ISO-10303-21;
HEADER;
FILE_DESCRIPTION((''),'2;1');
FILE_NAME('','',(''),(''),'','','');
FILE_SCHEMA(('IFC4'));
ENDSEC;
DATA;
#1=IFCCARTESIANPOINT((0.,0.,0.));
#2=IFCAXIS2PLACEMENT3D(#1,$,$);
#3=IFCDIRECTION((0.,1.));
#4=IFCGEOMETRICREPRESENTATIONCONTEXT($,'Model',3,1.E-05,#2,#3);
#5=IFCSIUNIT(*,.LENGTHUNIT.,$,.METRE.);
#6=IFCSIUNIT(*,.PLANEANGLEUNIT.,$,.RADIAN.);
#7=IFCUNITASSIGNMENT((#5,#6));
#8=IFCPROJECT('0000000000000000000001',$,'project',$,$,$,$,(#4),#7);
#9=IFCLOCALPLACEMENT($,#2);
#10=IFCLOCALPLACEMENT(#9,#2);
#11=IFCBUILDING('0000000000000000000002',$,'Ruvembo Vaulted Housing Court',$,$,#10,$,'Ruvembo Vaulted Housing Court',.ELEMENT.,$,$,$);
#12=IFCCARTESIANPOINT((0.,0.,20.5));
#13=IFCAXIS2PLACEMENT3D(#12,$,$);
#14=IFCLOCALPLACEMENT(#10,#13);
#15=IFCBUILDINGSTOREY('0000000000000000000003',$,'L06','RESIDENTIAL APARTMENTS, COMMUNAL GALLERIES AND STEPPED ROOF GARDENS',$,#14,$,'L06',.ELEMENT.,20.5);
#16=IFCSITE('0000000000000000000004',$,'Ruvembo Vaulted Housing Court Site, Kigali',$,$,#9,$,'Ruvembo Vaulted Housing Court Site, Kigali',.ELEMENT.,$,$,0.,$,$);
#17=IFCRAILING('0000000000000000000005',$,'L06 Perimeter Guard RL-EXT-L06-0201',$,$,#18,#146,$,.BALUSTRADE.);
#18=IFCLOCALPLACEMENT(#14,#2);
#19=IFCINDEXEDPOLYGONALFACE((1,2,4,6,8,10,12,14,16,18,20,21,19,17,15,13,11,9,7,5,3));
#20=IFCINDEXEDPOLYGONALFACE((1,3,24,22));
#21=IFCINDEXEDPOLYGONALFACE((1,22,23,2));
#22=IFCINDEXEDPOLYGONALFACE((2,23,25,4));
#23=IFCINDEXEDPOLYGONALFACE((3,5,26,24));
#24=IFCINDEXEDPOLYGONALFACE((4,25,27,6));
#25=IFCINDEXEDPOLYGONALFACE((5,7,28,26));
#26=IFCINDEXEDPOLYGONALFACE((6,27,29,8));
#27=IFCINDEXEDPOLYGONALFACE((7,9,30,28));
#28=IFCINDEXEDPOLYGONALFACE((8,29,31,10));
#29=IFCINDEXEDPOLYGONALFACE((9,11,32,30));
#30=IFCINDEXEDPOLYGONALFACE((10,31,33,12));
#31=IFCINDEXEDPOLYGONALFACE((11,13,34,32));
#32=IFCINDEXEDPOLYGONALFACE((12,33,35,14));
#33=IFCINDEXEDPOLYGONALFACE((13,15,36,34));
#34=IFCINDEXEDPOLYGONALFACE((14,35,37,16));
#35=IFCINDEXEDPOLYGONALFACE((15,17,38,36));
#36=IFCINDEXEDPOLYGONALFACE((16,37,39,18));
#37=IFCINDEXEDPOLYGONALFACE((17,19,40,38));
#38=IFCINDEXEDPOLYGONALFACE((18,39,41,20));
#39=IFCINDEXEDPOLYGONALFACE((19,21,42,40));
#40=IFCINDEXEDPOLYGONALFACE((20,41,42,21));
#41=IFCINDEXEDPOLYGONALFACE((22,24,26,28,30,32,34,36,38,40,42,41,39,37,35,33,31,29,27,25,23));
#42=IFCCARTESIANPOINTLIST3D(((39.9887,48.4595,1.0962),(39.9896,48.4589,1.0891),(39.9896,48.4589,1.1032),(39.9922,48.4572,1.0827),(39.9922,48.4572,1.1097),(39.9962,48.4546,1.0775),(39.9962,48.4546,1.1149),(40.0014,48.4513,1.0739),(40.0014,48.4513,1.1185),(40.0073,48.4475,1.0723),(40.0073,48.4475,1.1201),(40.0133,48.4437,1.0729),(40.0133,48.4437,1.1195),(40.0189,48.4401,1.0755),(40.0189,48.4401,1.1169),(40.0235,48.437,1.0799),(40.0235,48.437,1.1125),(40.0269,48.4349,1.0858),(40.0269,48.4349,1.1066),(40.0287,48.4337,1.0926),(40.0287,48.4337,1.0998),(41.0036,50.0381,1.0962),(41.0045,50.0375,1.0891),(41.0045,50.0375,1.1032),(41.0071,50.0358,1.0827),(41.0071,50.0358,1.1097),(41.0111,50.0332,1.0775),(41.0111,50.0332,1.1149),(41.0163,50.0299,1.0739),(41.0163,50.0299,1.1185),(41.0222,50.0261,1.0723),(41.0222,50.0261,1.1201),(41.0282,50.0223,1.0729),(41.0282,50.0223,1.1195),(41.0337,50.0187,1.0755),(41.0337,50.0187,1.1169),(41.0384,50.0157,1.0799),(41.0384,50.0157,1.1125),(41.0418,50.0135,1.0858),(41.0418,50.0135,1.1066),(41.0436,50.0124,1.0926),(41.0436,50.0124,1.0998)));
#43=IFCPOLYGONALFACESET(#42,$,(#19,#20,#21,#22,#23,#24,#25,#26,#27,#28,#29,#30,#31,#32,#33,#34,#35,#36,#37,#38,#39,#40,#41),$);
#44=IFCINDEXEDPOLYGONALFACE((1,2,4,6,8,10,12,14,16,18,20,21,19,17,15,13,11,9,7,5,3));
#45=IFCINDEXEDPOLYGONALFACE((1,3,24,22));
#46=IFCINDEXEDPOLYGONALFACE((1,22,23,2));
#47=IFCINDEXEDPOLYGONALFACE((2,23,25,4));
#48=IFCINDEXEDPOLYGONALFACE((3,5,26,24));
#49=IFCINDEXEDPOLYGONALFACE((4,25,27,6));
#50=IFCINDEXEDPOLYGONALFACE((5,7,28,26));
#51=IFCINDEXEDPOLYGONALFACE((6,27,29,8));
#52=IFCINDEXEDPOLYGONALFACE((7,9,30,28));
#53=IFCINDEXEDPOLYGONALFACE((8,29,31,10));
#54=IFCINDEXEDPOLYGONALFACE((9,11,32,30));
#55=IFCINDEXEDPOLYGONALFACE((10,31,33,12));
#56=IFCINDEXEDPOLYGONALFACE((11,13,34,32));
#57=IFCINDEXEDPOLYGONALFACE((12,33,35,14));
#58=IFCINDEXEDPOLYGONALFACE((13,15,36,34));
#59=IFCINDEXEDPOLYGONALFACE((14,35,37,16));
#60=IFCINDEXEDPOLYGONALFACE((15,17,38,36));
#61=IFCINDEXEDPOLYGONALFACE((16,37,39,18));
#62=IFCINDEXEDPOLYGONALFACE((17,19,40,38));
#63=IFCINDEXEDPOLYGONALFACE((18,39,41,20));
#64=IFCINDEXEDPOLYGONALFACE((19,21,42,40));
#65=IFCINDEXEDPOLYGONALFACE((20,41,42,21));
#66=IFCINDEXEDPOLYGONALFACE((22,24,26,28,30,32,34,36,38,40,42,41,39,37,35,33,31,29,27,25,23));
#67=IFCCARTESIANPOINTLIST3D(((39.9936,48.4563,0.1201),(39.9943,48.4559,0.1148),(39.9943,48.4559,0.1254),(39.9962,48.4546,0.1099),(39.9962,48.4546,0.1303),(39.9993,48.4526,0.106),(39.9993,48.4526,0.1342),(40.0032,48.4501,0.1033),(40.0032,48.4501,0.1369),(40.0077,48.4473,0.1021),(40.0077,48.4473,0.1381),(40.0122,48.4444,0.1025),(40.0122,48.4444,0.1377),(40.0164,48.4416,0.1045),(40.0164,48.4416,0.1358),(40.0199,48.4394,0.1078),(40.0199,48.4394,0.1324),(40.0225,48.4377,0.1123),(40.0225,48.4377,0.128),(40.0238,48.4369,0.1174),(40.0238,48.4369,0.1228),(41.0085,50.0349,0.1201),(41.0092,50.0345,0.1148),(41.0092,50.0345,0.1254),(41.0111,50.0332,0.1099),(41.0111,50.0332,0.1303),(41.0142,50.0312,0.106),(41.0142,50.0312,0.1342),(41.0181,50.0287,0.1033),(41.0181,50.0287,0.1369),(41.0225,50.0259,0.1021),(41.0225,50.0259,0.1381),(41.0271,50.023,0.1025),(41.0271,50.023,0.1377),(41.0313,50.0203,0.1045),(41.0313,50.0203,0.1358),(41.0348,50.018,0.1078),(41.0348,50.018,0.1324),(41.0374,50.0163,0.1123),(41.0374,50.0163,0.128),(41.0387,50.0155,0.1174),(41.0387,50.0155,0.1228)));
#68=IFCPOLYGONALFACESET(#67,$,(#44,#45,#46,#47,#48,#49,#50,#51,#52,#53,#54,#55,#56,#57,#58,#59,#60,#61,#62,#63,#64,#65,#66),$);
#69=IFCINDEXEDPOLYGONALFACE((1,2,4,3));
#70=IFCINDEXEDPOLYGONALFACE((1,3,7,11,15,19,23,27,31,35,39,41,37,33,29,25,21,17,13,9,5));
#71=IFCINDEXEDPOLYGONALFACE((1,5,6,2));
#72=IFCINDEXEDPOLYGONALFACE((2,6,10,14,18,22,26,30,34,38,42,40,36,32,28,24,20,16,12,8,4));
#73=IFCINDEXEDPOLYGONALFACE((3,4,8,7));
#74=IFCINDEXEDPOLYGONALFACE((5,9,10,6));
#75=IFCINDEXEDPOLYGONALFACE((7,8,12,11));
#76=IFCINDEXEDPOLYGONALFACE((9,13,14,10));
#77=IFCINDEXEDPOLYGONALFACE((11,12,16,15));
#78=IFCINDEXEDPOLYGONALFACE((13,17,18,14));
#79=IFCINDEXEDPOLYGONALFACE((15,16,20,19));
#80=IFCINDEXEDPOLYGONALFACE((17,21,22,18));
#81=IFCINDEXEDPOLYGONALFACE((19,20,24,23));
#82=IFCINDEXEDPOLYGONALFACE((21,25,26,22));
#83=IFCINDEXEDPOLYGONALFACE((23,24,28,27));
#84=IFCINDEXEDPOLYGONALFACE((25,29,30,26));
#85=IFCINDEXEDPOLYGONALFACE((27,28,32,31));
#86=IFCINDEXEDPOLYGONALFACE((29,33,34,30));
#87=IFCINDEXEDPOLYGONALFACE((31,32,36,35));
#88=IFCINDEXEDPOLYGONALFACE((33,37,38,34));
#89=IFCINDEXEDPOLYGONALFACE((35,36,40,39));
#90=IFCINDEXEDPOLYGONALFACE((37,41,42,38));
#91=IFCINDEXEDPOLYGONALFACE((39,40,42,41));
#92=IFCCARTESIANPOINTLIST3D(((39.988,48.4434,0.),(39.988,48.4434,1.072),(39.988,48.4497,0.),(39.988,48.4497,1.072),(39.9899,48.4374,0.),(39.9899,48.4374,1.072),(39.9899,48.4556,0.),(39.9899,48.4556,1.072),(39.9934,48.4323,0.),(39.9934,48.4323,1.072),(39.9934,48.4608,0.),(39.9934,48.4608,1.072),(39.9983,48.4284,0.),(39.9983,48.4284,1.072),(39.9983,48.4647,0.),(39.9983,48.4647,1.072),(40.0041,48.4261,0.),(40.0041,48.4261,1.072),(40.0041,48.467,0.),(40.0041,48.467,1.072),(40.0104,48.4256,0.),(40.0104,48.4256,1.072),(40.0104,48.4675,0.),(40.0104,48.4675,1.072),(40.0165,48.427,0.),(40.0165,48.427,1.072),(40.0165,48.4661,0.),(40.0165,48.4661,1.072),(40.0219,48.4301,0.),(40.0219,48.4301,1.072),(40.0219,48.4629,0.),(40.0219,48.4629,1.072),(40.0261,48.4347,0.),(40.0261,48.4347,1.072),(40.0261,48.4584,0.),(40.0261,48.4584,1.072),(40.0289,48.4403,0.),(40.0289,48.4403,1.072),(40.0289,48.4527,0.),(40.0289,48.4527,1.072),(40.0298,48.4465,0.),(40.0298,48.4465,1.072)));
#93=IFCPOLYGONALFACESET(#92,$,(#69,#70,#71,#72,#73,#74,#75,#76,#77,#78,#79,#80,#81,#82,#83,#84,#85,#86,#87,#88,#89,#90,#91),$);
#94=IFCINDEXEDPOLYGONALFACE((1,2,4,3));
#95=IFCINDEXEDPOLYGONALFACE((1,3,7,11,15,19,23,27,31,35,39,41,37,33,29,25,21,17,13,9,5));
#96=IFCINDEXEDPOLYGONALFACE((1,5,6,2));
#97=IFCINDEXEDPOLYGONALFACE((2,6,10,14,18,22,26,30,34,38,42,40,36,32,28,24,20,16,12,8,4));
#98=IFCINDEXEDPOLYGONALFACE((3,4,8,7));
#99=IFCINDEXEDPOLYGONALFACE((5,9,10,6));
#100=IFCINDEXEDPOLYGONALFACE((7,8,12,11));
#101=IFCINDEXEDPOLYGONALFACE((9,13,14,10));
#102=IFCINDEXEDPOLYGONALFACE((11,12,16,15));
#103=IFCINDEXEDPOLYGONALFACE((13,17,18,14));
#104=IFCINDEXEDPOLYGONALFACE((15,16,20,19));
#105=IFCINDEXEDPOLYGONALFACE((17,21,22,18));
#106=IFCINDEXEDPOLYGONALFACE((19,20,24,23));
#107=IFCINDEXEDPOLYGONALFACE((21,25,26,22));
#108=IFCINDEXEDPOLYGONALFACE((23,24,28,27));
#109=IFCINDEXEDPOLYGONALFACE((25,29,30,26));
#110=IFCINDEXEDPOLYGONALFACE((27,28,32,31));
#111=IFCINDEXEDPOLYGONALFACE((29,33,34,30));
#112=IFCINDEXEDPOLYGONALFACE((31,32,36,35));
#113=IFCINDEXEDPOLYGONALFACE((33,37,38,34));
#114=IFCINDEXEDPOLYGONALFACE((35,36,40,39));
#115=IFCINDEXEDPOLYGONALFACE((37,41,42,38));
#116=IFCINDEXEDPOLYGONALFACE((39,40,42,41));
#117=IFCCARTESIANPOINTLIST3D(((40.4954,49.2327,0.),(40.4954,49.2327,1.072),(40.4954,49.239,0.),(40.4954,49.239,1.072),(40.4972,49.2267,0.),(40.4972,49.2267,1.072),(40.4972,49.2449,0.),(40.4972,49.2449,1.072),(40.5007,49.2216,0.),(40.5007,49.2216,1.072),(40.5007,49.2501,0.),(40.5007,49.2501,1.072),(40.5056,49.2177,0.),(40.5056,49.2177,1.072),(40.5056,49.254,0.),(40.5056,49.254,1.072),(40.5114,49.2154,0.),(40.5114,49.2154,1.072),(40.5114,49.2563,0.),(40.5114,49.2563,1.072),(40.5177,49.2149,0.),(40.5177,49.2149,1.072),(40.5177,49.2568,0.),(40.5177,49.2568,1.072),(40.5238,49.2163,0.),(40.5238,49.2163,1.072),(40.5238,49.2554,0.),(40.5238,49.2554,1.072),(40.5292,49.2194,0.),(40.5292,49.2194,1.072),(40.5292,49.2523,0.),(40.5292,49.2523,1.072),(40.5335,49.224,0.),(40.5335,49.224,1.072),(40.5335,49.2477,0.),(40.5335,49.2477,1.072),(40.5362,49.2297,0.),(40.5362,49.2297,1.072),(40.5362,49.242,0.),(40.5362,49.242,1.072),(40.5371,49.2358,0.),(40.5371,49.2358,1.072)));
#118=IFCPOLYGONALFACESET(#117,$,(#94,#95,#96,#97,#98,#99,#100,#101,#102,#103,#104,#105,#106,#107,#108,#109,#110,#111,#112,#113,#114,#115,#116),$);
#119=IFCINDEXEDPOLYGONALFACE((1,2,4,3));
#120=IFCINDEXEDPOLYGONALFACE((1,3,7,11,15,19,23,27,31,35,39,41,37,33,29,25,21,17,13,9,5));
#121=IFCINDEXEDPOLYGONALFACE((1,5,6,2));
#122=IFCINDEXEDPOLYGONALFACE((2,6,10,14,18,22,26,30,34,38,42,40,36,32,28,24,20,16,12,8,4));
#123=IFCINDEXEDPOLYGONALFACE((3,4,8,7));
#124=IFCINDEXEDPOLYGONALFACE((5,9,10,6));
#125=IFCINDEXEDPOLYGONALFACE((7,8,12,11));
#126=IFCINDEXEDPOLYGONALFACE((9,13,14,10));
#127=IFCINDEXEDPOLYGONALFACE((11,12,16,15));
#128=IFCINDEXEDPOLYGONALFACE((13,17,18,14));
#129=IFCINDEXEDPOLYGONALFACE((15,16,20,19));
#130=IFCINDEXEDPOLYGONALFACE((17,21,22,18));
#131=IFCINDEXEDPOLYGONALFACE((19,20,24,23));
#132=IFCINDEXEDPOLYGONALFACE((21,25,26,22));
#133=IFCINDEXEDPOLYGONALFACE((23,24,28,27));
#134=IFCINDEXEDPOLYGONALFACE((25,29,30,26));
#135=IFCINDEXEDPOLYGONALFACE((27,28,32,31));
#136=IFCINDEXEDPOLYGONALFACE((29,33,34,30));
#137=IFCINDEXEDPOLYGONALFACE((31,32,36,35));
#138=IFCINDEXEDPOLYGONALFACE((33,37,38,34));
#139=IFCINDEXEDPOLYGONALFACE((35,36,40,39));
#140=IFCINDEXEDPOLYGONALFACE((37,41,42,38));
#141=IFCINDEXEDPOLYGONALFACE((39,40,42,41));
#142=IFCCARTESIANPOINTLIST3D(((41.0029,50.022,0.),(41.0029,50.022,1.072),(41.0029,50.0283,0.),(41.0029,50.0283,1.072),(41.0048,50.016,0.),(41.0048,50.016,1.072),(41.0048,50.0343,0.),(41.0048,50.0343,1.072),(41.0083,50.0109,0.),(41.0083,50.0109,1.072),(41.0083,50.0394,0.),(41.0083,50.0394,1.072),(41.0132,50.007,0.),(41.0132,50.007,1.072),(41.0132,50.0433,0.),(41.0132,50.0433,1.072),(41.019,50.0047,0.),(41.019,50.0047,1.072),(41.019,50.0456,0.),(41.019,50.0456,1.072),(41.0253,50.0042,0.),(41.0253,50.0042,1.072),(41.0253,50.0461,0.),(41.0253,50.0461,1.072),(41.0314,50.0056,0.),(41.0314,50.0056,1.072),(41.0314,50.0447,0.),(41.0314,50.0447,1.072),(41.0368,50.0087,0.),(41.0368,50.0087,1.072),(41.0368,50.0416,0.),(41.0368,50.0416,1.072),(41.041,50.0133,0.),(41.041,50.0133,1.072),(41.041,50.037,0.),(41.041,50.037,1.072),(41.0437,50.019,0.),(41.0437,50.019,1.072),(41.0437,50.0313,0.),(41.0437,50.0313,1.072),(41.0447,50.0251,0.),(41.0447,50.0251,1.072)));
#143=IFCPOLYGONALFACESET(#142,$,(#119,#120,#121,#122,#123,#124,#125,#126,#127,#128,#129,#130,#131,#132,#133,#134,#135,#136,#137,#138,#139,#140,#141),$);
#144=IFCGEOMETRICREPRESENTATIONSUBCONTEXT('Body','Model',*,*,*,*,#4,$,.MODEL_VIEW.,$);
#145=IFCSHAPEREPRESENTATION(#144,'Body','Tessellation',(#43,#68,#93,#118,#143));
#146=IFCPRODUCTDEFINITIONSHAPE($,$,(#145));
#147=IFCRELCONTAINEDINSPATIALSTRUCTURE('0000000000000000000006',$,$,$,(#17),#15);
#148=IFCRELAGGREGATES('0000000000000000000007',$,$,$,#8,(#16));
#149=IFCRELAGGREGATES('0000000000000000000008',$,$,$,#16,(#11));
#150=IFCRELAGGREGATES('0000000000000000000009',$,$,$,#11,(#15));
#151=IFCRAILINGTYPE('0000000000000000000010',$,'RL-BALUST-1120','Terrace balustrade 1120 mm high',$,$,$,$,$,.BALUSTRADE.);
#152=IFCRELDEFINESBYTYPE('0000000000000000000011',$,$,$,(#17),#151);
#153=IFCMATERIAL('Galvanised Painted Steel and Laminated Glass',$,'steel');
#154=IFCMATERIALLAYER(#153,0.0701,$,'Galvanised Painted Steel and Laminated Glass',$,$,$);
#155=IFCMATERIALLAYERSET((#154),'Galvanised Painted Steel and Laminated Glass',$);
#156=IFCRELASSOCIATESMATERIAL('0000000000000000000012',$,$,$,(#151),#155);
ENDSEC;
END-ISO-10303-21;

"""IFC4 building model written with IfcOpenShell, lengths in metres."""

from ifc_helpers import new_model, si_unit, direction, frame, origin, origin_2d, place, context, subcontext, project, spatial, circle, extrude, material, layer, layer_set, type_object, element, save


model = new_model("IFC4")

# Units and contexts
model_context = context("Model", 3, precision=1e-05, world=origin(), true_north=direction((0.0, 1.0)))
body_context = subcontext(model_context, "Body", "Model", "MODEL_VIEW")
ifc_project = project(units=[si_unit("LENGTHUNIT", "METRE"), si_unit("PLANEANGLEUNIT", "RADIAN")], contexts=[model_context])

# Site, building, storey
site_placement = place(None, origin())
site = spatial("IfcSite", under=ifc_project, at=site_placement, Name="Ruvembo Vaulted Housing Court Site, Kigali", LongName="Ruvembo Vaulted Housing Court Site, Kigali", CompositionType="ELEMENT", RefElevation=0.0)
building_placement = place(site_placement, origin())
building = spatial("IfcBuilding", under=site, at=building_placement, Name="Ruvembo Vaulted Housing Court", LongName="Ruvembo Vaulted Housing Court", CompositionType="ELEMENT")
storey_placement = place(building_placement, frame((0.0, 0.0, 20.5)))
storey = spatial("IfcBuildingStorey", under=building, at=storey_placement, Name="L06", Description="RESIDENTIAL APARTMENTS, COMMUNAL GALLERIES AND STEPPED ROOF GARDENS", LongName="L06", CompositionType="ELEMENT", Elevation=20.5)

# Railing
ifc_material_1 = material(Name="Galvanised Painted Steel and Laminated Glass", Category="steel")
ifc_layer_1 = layer(ifc_material_1, 0.0701, Name="Galvanised Painted Steel and Laminated Glass")
ifc_layer_set_1 = layer_set([ifc_layer_1], Name="Galvanised Painted Steel and Laminated Glass")
railing_type = type_object("IfcRailingType", Name="RL-BALUST-1120", Description="Terrace balustrade 1120 mm high", PredefinedType="BALUSTRADE", material=ifc_layer_set_1)
railing_1_placement = place(storey_placement, frame((40.0088, 48.4465, 0.0)))
element("IfcRailing", 1, at=railing_1_placement, inside=storey, type_object=railing_type, Name="L06 Perimeter Guard RL-EXT-L06-0201", PredefinedType="BALUSTRADE", context=body_context, shape_type="SweptSolid", body=[
    extrude(circle(Radius=0.0239, at=origin_2d()), frame((0.0, 0.0, 1.0962), z_axis=(0.540784, 0.841162, 0.0), x_axis=(-0.841162, 0.540784, 0.0)), (0.0, 0.0, 1.0), 1.8767),
    extrude(circle(Radius=0.0181, at=origin_2d()), frame((0.0, 0.0, 0.1201), z_axis=(0.540784, 0.841162, 0.0), x_axis=(-0.841162, 0.540784, 0.0)), (0.0, 0.0, 1.0), 1.8767),
    extrude(circle(Radius=0.021, at=origin_2d()), origin(), (0.0, 0.0, 1.0), 1.072),
    extrude(circle(Radius=0.021, at=origin_2d()), frame((0.5073, 0.7893, 0.0)), (0.0, 0.0, 1.0), 1.072),
    extrude(circle(Radius=0.021, at=origin_2d()), frame((1.0149, 1.5786, 0.0)), (0.0, 0.0, 1.0), 1.072),
])

save(model, "model.ifc")
